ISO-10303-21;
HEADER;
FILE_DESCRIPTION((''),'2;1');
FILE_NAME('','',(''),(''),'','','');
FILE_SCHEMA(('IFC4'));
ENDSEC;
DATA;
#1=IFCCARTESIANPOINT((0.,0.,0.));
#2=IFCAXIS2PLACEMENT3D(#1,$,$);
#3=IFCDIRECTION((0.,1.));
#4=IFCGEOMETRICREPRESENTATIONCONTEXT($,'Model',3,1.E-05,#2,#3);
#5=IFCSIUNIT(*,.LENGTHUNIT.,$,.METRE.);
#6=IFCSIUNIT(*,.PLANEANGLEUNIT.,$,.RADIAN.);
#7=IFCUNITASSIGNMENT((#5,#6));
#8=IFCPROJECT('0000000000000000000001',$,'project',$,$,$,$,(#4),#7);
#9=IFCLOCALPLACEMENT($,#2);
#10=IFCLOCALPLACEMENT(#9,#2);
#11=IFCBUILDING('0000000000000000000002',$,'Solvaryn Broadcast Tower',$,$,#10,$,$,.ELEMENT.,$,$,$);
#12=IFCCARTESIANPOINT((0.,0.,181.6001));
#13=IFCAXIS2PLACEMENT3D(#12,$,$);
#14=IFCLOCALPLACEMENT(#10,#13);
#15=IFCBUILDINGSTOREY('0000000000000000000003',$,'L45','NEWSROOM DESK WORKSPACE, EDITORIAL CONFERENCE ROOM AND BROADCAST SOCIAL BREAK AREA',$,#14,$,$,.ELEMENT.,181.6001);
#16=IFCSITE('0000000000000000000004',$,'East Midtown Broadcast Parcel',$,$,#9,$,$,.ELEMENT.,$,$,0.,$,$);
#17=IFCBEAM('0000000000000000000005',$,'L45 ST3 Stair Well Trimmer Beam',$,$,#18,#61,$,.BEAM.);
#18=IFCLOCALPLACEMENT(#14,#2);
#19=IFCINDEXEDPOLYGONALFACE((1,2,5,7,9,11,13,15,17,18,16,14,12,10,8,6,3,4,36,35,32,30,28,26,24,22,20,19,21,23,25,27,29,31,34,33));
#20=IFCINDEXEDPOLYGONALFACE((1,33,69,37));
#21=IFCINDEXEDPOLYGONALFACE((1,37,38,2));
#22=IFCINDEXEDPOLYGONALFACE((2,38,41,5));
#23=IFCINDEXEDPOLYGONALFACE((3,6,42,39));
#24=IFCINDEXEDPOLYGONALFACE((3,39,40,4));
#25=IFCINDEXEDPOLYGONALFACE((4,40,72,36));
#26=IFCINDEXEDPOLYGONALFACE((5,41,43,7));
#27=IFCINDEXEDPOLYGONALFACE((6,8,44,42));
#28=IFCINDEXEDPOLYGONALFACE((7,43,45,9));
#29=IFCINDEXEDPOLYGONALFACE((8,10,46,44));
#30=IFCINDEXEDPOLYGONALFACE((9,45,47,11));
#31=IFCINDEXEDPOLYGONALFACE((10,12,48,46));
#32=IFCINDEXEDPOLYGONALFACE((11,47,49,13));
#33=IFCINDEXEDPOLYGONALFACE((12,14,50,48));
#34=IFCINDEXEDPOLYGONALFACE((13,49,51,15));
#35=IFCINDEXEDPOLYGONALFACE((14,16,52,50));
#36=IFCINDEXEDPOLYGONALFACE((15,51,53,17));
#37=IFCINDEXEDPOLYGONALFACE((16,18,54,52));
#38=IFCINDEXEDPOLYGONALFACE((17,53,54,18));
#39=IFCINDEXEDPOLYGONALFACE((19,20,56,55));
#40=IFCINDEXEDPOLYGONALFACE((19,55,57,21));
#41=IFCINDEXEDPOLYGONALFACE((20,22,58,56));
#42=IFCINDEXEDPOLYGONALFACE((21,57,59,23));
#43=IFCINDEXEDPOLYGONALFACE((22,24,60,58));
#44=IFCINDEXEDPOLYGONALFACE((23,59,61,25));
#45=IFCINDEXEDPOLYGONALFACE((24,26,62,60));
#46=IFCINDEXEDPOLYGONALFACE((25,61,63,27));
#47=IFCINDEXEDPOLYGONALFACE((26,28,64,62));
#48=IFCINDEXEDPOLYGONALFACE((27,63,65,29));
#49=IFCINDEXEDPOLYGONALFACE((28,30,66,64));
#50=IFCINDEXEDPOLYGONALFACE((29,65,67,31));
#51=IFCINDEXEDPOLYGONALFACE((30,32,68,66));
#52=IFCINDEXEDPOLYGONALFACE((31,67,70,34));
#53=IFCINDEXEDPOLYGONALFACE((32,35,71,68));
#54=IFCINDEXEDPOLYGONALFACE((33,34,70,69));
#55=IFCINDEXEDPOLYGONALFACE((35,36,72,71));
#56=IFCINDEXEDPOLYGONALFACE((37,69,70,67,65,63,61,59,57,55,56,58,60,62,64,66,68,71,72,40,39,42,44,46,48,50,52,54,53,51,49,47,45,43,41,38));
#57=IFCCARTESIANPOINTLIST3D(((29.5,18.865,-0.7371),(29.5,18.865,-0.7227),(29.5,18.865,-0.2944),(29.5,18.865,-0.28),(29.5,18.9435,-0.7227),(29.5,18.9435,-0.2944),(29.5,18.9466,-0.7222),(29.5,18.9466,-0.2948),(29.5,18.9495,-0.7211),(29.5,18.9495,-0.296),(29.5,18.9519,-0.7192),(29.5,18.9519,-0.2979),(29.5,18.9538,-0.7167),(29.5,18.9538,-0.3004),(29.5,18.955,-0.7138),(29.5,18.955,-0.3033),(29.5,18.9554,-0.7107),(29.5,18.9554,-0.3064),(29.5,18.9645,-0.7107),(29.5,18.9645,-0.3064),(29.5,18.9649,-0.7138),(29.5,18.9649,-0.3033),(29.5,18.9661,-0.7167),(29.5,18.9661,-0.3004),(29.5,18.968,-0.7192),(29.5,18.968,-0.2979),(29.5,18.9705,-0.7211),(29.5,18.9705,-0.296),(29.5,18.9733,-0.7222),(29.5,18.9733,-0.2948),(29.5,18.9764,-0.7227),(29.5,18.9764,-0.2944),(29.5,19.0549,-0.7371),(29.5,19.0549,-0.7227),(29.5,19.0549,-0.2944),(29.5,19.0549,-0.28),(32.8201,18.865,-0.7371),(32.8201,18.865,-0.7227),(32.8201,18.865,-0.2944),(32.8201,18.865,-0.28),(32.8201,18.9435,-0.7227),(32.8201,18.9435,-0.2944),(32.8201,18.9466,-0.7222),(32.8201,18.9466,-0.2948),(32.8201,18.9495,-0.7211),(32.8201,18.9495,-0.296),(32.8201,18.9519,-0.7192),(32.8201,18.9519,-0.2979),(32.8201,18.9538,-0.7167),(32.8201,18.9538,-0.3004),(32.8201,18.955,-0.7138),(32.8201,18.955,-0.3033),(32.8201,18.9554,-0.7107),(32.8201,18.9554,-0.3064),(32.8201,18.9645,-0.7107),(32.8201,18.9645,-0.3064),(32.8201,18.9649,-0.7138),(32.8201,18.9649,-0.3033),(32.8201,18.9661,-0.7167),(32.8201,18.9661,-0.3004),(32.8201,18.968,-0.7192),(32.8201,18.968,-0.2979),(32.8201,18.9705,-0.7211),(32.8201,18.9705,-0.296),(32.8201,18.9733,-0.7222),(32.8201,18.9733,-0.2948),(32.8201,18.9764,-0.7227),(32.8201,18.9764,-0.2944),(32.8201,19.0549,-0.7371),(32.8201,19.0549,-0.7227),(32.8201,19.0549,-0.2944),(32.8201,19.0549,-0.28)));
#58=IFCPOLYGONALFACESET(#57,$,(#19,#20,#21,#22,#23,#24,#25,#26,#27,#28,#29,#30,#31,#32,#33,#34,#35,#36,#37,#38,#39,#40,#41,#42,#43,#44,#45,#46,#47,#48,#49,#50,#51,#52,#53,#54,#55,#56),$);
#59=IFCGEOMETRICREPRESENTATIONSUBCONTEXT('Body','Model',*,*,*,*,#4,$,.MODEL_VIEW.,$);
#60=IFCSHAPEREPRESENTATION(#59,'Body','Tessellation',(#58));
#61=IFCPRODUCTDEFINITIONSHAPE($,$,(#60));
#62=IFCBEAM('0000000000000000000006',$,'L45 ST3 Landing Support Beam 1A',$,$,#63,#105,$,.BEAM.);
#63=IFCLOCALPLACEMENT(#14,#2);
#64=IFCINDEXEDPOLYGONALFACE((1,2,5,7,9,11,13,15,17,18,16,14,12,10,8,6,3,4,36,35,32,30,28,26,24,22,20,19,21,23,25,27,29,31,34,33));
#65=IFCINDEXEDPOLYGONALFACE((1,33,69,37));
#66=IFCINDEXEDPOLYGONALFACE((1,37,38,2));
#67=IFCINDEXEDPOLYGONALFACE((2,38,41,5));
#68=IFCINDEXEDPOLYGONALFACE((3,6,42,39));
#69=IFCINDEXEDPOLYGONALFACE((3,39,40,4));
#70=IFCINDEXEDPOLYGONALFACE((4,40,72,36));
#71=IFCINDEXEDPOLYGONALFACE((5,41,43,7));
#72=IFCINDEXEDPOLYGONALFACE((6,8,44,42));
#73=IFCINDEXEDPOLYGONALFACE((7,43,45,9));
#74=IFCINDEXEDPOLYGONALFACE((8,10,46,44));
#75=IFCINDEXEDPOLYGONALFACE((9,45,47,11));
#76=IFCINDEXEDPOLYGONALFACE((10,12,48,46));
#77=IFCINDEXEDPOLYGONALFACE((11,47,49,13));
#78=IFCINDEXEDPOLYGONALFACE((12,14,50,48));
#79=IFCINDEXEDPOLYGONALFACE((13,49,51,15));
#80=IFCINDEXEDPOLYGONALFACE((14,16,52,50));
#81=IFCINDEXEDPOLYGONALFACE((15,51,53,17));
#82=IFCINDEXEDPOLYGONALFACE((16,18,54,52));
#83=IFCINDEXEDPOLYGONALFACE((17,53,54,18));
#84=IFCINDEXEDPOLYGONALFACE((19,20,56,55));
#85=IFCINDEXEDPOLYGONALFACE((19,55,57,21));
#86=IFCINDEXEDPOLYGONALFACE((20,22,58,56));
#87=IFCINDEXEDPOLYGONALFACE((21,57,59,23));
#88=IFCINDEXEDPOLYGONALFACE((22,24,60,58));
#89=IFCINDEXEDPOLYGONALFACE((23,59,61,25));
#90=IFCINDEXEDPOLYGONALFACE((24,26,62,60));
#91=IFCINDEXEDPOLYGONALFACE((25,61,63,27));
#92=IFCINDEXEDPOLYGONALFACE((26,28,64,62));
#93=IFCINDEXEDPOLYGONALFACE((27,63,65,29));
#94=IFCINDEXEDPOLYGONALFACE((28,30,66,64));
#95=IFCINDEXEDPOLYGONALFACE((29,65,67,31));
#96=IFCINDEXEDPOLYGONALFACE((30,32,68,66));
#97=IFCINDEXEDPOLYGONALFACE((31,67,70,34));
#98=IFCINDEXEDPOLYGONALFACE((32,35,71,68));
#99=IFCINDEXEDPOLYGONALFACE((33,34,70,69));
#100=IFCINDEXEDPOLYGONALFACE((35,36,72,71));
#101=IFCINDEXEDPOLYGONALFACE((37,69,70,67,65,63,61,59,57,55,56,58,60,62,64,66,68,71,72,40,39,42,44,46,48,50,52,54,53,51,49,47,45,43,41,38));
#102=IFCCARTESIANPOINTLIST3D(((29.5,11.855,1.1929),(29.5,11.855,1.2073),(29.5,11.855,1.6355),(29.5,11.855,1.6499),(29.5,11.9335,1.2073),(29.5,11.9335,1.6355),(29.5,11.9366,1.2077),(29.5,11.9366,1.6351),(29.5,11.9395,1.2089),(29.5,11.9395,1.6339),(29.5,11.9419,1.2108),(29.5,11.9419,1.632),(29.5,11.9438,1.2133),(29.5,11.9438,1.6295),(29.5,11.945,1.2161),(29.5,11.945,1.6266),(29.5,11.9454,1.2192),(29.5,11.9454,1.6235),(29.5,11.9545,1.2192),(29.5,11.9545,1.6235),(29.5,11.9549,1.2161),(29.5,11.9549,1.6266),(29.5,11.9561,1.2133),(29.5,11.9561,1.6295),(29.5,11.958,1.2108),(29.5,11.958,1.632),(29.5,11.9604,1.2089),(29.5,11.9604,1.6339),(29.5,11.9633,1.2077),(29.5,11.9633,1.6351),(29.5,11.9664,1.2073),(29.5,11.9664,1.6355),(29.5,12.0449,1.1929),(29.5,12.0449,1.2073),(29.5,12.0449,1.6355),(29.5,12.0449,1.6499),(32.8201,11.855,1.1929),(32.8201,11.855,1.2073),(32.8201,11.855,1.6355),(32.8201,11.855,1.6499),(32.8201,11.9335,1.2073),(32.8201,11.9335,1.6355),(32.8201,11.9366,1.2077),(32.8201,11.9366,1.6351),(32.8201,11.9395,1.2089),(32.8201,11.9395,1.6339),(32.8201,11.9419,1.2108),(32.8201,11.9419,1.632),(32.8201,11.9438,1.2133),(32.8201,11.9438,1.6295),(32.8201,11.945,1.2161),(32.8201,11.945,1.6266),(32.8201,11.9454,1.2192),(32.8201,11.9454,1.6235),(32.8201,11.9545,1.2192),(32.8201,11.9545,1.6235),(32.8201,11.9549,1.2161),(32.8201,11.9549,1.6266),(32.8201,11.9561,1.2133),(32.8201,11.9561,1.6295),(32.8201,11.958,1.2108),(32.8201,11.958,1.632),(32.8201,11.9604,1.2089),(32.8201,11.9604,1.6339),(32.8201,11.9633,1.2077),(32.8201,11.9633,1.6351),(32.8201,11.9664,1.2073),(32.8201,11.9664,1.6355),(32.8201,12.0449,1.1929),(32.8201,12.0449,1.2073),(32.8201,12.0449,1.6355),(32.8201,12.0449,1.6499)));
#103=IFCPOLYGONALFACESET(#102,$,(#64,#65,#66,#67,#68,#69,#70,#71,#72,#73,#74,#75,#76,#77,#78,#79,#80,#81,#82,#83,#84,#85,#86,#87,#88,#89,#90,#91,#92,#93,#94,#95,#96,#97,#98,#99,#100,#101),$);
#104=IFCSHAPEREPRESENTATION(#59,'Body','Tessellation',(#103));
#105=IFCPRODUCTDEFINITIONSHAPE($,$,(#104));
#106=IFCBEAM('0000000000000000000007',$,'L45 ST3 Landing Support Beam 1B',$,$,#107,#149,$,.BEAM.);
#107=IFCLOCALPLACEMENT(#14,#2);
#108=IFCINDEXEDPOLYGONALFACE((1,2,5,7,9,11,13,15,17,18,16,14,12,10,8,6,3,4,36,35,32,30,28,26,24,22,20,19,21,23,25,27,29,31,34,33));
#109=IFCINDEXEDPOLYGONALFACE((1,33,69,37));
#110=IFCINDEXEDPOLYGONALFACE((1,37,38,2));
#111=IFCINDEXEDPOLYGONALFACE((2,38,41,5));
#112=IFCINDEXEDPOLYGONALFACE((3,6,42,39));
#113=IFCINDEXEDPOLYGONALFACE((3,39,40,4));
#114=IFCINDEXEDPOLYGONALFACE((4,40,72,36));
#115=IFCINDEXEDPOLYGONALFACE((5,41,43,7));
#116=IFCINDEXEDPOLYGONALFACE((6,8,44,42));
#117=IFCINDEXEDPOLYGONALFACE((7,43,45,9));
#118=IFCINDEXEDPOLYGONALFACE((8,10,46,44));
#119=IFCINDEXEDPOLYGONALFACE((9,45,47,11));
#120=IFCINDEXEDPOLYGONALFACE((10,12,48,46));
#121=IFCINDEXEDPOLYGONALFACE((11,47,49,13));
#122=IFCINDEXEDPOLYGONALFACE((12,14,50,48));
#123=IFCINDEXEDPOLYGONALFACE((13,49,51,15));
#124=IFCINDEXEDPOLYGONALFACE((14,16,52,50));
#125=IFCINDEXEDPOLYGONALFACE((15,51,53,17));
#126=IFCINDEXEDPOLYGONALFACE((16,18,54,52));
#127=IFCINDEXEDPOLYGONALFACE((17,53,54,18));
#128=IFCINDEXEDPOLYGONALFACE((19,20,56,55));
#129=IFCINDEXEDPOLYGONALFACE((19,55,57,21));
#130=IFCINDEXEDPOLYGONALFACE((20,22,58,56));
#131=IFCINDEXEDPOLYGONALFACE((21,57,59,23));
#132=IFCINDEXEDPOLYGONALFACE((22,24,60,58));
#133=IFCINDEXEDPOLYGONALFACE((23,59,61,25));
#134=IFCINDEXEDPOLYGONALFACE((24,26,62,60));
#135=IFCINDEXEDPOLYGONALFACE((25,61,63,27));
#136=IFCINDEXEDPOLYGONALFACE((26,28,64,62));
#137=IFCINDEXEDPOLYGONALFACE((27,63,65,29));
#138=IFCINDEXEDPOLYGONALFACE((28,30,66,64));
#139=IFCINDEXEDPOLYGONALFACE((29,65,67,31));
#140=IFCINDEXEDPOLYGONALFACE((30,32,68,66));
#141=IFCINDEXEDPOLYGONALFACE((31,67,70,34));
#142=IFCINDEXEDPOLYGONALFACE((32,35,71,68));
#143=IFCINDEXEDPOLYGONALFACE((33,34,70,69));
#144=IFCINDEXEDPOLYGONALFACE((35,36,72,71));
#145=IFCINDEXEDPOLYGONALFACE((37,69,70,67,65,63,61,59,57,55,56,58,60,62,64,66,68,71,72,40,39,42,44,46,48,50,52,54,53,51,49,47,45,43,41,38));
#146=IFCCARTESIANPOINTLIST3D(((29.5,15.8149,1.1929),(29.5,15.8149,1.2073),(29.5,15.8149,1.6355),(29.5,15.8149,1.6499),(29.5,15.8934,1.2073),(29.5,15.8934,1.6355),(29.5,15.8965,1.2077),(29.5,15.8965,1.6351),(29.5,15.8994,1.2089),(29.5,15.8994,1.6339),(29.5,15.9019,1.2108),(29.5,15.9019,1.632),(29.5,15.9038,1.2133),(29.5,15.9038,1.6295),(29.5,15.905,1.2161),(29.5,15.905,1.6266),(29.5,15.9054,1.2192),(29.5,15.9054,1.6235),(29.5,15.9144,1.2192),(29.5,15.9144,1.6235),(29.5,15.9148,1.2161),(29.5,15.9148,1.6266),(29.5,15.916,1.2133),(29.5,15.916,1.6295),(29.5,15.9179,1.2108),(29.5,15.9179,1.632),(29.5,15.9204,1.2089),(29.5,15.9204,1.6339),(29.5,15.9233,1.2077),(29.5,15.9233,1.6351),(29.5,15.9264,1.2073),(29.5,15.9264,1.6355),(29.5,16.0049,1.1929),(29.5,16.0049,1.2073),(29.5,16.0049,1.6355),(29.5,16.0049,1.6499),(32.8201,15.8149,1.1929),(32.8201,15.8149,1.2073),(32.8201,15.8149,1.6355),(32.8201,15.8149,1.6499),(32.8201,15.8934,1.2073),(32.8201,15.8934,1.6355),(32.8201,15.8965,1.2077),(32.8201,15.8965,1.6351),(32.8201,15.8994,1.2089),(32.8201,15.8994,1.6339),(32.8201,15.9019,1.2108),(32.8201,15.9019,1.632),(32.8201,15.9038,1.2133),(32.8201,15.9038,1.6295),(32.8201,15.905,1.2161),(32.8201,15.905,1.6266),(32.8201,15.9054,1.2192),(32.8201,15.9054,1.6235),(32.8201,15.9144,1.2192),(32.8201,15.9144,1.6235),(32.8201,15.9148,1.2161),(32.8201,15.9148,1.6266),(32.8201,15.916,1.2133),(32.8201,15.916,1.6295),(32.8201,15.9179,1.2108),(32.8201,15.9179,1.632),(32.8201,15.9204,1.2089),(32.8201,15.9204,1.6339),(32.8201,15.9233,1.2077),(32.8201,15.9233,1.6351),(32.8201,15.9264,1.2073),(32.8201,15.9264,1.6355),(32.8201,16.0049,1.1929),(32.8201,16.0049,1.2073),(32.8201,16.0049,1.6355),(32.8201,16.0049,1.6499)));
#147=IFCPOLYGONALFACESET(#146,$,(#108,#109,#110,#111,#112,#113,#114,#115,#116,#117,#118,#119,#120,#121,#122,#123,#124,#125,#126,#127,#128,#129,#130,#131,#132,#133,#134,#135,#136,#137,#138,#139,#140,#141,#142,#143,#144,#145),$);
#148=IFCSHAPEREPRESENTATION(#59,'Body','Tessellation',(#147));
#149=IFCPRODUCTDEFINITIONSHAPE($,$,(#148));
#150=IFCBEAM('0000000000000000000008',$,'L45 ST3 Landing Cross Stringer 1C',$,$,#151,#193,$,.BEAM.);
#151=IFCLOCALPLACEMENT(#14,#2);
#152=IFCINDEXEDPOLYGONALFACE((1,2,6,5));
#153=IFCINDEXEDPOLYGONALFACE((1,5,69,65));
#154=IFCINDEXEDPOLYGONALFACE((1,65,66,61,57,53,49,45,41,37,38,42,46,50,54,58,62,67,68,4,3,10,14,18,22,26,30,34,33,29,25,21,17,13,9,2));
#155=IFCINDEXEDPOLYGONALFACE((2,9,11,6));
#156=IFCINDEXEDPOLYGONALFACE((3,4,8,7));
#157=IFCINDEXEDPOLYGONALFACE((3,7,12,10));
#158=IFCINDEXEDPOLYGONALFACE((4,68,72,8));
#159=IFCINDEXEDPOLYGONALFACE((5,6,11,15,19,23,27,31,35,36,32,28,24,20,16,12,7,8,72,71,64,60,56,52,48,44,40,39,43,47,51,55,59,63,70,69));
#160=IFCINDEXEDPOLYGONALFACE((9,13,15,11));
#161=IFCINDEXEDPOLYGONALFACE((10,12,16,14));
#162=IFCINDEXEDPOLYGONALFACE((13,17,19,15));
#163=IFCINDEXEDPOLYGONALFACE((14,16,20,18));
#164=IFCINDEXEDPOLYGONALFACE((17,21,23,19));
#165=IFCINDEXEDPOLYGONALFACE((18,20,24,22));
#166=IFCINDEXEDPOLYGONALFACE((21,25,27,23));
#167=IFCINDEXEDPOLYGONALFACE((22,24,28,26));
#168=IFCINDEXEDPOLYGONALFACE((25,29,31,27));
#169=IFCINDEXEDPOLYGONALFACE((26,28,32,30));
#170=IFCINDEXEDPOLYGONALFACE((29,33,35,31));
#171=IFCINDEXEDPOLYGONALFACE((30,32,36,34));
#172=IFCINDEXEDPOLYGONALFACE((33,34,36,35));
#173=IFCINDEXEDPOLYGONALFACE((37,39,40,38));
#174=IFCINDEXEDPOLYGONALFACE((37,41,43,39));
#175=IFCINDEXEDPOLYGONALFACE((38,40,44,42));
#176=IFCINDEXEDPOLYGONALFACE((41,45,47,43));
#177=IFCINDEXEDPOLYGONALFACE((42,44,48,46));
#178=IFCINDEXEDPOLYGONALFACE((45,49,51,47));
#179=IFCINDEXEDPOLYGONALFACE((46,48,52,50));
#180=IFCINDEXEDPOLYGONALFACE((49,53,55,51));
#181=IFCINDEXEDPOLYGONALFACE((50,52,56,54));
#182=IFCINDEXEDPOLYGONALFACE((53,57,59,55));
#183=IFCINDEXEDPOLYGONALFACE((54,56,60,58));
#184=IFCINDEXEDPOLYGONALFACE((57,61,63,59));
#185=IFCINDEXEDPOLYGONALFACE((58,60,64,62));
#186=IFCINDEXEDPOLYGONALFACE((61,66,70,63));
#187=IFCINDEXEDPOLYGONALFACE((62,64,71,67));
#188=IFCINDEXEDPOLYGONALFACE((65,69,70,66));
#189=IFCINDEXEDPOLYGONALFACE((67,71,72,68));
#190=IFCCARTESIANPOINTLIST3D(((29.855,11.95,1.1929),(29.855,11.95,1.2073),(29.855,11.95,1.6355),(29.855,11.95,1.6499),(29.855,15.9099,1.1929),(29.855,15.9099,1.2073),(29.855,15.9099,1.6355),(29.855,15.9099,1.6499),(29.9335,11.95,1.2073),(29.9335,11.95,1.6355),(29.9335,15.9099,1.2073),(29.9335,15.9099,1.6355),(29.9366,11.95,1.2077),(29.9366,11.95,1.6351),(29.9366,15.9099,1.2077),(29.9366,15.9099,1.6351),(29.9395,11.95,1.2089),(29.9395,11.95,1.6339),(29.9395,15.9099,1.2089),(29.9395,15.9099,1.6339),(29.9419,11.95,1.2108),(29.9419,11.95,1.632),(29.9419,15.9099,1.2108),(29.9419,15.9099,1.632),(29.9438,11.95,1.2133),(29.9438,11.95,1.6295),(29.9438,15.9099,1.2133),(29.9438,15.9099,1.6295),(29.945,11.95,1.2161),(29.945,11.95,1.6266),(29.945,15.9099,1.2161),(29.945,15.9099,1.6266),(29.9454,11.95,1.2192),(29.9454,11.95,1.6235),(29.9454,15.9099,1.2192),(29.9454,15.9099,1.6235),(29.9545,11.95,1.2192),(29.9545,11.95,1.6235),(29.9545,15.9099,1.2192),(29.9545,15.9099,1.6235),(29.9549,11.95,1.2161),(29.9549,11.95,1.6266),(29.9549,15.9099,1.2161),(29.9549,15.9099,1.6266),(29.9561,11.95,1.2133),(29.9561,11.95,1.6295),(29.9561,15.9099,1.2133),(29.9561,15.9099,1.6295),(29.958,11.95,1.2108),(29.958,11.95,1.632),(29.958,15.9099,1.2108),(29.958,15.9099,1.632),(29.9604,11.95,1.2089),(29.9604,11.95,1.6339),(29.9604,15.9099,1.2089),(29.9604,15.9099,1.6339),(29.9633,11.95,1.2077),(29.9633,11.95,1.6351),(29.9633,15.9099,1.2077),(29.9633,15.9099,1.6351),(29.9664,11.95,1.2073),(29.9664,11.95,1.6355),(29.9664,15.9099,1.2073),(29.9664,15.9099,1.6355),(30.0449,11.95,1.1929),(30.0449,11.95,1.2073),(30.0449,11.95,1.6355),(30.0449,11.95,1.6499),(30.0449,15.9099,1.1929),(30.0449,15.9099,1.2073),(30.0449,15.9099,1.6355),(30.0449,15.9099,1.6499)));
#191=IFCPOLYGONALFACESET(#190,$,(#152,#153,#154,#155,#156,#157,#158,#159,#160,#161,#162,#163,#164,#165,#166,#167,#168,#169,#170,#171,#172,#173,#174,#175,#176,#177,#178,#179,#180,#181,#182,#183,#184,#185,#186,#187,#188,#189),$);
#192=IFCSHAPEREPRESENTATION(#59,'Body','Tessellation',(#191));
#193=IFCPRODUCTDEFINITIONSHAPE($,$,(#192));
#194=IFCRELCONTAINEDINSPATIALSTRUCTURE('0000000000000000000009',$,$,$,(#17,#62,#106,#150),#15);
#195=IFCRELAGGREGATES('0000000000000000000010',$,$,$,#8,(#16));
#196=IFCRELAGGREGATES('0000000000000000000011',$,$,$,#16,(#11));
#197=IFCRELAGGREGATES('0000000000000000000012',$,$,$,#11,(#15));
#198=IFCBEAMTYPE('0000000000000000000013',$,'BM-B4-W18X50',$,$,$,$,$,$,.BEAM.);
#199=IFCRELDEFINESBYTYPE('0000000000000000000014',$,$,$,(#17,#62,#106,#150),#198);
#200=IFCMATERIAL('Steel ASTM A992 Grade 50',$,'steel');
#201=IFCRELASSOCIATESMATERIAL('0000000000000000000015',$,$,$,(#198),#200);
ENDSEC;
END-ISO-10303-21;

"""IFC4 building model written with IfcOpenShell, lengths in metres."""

from ifc_helpers import new_model, si_unit, direction, frame, origin, origin_2d, place, context, subcontext, project, spatial, i_section, extrude, material, material_profile, profile_set, type_object, element, save


model = new_model("IFC4")

# Units and contexts
model_context = context("Model", 3, precision=1e-05, world=origin(), true_north=direction((0.0, 1.0)))
body_context = subcontext(model_context, "Body", "Model", "MODEL_VIEW")
ifc_project = project(units=[si_unit("LENGTHUNIT", "METRE"), si_unit("PLANEANGLEUNIT", "RADIAN")], contexts=[model_context])

# Site, building, storey
site_placement = place(None, origin())
site = spatial("IfcSite", under=ifc_project, at=site_placement, Name="East Midtown Broadcast Parcel", CompositionType="ELEMENT", RefElevation=0.0)
building_placement = place(site_placement, origin())
building = spatial("IfcBuilding", under=site, at=building_placement, Name="Solvaryn Broadcast Tower", CompositionType="ELEMENT")
storey_placement = place(building_placement, frame((0.0, 0.0, 181.6001)))
storey = spatial("IfcBuildingStorey", under=building, at=storey_placement, Name="L45", Description="NEWSROOM DESK WORKSPACE, EDITORIAL CONFERENCE ROOM AND BROADCAST SOCIAL BREAK AREA", CompositionType="ELEMENT", Elevation=181.6001)

# Beams
ifc_material_1 = material(Name="Steel ASTM A992 Grade 50", Category="steel")
ifc_material_profile_1 = material_profile(ifc_material_1, i_section(OverallWidth=0.1899, OverallDepth=0.457, WebThickness=0.009, FlangeThickness=0.0144, FilletRadius=0.012, at=origin_2d()))
ifc_profile_set_1 = profile_set([ifc_material_profile_1], Name="Steel ASTM A992 Grade 50")
beam_type_1 = type_object("IfcBeamType", Name="BM-B4-W18X50", PredefinedType="BEAM", material=ifc_profile_set_1)
for number, where, z_axis, x_axis, name in (
    (1, (29.5, 18.96, -0.5085), (1.0, 0.0, 0.0), (0.0, 1.0, 0.0), "L45 ST3 Stair Well Trimmer Beam"),
    (2, (29.5, 11.95, 1.4214), (1.0, 0.0, 0.0), (0.0, 1.0, 0.0), "L45 ST3 Landing Support Beam 1A"),
    (3, (29.5, 15.9099, 1.4214), (1.0, 0.0, 0.0), (0.0, 1.0, 0.0), "L45 ST3 Landing Support Beam 1B"),
):
    element("IfcBeam", number, at=place(storey_placement, frame(where, z_axis=z_axis, x_axis=x_axis)), inside=storey, type_object=beam_type_1, Name=name, PredefinedType="BEAM", context=body_context, shape_type="SweptSolid", body=[
        extrude(i_section(OverallWidth=0.1899, OverallDepth=0.457, WebThickness=0.009, FlangeThickness=0.0144, FilletRadius=0.012, at=origin_2d()), origin(), (0.0, 0.0, 1.0), 3.3201),
    ])
beam_1_placement = place(storey_placement, frame((29.95, 11.95, 1.4214), z_axis=(0.0, 1.0, 0.0), x_axis=(-1.0, 0.0, 0.0)))
element("IfcBeam", 4, at=beam_1_placement, inside=storey, type_object=beam_type_1, Name="L45 ST3 Landing Cross Stringer 1C", PredefinedType="BEAM", context=body_context, shape_type="SweptSolid", body=[
    extrude(i_section(OverallWidth=0.1899, OverallDepth=0.457, WebThickness=0.009, FlangeThickness=0.0144, FilletRadius=0.012, at=origin_2d()), origin(), (0.0, 0.0, 1.0), 3.96),
])

save(model, "model.ifc")
